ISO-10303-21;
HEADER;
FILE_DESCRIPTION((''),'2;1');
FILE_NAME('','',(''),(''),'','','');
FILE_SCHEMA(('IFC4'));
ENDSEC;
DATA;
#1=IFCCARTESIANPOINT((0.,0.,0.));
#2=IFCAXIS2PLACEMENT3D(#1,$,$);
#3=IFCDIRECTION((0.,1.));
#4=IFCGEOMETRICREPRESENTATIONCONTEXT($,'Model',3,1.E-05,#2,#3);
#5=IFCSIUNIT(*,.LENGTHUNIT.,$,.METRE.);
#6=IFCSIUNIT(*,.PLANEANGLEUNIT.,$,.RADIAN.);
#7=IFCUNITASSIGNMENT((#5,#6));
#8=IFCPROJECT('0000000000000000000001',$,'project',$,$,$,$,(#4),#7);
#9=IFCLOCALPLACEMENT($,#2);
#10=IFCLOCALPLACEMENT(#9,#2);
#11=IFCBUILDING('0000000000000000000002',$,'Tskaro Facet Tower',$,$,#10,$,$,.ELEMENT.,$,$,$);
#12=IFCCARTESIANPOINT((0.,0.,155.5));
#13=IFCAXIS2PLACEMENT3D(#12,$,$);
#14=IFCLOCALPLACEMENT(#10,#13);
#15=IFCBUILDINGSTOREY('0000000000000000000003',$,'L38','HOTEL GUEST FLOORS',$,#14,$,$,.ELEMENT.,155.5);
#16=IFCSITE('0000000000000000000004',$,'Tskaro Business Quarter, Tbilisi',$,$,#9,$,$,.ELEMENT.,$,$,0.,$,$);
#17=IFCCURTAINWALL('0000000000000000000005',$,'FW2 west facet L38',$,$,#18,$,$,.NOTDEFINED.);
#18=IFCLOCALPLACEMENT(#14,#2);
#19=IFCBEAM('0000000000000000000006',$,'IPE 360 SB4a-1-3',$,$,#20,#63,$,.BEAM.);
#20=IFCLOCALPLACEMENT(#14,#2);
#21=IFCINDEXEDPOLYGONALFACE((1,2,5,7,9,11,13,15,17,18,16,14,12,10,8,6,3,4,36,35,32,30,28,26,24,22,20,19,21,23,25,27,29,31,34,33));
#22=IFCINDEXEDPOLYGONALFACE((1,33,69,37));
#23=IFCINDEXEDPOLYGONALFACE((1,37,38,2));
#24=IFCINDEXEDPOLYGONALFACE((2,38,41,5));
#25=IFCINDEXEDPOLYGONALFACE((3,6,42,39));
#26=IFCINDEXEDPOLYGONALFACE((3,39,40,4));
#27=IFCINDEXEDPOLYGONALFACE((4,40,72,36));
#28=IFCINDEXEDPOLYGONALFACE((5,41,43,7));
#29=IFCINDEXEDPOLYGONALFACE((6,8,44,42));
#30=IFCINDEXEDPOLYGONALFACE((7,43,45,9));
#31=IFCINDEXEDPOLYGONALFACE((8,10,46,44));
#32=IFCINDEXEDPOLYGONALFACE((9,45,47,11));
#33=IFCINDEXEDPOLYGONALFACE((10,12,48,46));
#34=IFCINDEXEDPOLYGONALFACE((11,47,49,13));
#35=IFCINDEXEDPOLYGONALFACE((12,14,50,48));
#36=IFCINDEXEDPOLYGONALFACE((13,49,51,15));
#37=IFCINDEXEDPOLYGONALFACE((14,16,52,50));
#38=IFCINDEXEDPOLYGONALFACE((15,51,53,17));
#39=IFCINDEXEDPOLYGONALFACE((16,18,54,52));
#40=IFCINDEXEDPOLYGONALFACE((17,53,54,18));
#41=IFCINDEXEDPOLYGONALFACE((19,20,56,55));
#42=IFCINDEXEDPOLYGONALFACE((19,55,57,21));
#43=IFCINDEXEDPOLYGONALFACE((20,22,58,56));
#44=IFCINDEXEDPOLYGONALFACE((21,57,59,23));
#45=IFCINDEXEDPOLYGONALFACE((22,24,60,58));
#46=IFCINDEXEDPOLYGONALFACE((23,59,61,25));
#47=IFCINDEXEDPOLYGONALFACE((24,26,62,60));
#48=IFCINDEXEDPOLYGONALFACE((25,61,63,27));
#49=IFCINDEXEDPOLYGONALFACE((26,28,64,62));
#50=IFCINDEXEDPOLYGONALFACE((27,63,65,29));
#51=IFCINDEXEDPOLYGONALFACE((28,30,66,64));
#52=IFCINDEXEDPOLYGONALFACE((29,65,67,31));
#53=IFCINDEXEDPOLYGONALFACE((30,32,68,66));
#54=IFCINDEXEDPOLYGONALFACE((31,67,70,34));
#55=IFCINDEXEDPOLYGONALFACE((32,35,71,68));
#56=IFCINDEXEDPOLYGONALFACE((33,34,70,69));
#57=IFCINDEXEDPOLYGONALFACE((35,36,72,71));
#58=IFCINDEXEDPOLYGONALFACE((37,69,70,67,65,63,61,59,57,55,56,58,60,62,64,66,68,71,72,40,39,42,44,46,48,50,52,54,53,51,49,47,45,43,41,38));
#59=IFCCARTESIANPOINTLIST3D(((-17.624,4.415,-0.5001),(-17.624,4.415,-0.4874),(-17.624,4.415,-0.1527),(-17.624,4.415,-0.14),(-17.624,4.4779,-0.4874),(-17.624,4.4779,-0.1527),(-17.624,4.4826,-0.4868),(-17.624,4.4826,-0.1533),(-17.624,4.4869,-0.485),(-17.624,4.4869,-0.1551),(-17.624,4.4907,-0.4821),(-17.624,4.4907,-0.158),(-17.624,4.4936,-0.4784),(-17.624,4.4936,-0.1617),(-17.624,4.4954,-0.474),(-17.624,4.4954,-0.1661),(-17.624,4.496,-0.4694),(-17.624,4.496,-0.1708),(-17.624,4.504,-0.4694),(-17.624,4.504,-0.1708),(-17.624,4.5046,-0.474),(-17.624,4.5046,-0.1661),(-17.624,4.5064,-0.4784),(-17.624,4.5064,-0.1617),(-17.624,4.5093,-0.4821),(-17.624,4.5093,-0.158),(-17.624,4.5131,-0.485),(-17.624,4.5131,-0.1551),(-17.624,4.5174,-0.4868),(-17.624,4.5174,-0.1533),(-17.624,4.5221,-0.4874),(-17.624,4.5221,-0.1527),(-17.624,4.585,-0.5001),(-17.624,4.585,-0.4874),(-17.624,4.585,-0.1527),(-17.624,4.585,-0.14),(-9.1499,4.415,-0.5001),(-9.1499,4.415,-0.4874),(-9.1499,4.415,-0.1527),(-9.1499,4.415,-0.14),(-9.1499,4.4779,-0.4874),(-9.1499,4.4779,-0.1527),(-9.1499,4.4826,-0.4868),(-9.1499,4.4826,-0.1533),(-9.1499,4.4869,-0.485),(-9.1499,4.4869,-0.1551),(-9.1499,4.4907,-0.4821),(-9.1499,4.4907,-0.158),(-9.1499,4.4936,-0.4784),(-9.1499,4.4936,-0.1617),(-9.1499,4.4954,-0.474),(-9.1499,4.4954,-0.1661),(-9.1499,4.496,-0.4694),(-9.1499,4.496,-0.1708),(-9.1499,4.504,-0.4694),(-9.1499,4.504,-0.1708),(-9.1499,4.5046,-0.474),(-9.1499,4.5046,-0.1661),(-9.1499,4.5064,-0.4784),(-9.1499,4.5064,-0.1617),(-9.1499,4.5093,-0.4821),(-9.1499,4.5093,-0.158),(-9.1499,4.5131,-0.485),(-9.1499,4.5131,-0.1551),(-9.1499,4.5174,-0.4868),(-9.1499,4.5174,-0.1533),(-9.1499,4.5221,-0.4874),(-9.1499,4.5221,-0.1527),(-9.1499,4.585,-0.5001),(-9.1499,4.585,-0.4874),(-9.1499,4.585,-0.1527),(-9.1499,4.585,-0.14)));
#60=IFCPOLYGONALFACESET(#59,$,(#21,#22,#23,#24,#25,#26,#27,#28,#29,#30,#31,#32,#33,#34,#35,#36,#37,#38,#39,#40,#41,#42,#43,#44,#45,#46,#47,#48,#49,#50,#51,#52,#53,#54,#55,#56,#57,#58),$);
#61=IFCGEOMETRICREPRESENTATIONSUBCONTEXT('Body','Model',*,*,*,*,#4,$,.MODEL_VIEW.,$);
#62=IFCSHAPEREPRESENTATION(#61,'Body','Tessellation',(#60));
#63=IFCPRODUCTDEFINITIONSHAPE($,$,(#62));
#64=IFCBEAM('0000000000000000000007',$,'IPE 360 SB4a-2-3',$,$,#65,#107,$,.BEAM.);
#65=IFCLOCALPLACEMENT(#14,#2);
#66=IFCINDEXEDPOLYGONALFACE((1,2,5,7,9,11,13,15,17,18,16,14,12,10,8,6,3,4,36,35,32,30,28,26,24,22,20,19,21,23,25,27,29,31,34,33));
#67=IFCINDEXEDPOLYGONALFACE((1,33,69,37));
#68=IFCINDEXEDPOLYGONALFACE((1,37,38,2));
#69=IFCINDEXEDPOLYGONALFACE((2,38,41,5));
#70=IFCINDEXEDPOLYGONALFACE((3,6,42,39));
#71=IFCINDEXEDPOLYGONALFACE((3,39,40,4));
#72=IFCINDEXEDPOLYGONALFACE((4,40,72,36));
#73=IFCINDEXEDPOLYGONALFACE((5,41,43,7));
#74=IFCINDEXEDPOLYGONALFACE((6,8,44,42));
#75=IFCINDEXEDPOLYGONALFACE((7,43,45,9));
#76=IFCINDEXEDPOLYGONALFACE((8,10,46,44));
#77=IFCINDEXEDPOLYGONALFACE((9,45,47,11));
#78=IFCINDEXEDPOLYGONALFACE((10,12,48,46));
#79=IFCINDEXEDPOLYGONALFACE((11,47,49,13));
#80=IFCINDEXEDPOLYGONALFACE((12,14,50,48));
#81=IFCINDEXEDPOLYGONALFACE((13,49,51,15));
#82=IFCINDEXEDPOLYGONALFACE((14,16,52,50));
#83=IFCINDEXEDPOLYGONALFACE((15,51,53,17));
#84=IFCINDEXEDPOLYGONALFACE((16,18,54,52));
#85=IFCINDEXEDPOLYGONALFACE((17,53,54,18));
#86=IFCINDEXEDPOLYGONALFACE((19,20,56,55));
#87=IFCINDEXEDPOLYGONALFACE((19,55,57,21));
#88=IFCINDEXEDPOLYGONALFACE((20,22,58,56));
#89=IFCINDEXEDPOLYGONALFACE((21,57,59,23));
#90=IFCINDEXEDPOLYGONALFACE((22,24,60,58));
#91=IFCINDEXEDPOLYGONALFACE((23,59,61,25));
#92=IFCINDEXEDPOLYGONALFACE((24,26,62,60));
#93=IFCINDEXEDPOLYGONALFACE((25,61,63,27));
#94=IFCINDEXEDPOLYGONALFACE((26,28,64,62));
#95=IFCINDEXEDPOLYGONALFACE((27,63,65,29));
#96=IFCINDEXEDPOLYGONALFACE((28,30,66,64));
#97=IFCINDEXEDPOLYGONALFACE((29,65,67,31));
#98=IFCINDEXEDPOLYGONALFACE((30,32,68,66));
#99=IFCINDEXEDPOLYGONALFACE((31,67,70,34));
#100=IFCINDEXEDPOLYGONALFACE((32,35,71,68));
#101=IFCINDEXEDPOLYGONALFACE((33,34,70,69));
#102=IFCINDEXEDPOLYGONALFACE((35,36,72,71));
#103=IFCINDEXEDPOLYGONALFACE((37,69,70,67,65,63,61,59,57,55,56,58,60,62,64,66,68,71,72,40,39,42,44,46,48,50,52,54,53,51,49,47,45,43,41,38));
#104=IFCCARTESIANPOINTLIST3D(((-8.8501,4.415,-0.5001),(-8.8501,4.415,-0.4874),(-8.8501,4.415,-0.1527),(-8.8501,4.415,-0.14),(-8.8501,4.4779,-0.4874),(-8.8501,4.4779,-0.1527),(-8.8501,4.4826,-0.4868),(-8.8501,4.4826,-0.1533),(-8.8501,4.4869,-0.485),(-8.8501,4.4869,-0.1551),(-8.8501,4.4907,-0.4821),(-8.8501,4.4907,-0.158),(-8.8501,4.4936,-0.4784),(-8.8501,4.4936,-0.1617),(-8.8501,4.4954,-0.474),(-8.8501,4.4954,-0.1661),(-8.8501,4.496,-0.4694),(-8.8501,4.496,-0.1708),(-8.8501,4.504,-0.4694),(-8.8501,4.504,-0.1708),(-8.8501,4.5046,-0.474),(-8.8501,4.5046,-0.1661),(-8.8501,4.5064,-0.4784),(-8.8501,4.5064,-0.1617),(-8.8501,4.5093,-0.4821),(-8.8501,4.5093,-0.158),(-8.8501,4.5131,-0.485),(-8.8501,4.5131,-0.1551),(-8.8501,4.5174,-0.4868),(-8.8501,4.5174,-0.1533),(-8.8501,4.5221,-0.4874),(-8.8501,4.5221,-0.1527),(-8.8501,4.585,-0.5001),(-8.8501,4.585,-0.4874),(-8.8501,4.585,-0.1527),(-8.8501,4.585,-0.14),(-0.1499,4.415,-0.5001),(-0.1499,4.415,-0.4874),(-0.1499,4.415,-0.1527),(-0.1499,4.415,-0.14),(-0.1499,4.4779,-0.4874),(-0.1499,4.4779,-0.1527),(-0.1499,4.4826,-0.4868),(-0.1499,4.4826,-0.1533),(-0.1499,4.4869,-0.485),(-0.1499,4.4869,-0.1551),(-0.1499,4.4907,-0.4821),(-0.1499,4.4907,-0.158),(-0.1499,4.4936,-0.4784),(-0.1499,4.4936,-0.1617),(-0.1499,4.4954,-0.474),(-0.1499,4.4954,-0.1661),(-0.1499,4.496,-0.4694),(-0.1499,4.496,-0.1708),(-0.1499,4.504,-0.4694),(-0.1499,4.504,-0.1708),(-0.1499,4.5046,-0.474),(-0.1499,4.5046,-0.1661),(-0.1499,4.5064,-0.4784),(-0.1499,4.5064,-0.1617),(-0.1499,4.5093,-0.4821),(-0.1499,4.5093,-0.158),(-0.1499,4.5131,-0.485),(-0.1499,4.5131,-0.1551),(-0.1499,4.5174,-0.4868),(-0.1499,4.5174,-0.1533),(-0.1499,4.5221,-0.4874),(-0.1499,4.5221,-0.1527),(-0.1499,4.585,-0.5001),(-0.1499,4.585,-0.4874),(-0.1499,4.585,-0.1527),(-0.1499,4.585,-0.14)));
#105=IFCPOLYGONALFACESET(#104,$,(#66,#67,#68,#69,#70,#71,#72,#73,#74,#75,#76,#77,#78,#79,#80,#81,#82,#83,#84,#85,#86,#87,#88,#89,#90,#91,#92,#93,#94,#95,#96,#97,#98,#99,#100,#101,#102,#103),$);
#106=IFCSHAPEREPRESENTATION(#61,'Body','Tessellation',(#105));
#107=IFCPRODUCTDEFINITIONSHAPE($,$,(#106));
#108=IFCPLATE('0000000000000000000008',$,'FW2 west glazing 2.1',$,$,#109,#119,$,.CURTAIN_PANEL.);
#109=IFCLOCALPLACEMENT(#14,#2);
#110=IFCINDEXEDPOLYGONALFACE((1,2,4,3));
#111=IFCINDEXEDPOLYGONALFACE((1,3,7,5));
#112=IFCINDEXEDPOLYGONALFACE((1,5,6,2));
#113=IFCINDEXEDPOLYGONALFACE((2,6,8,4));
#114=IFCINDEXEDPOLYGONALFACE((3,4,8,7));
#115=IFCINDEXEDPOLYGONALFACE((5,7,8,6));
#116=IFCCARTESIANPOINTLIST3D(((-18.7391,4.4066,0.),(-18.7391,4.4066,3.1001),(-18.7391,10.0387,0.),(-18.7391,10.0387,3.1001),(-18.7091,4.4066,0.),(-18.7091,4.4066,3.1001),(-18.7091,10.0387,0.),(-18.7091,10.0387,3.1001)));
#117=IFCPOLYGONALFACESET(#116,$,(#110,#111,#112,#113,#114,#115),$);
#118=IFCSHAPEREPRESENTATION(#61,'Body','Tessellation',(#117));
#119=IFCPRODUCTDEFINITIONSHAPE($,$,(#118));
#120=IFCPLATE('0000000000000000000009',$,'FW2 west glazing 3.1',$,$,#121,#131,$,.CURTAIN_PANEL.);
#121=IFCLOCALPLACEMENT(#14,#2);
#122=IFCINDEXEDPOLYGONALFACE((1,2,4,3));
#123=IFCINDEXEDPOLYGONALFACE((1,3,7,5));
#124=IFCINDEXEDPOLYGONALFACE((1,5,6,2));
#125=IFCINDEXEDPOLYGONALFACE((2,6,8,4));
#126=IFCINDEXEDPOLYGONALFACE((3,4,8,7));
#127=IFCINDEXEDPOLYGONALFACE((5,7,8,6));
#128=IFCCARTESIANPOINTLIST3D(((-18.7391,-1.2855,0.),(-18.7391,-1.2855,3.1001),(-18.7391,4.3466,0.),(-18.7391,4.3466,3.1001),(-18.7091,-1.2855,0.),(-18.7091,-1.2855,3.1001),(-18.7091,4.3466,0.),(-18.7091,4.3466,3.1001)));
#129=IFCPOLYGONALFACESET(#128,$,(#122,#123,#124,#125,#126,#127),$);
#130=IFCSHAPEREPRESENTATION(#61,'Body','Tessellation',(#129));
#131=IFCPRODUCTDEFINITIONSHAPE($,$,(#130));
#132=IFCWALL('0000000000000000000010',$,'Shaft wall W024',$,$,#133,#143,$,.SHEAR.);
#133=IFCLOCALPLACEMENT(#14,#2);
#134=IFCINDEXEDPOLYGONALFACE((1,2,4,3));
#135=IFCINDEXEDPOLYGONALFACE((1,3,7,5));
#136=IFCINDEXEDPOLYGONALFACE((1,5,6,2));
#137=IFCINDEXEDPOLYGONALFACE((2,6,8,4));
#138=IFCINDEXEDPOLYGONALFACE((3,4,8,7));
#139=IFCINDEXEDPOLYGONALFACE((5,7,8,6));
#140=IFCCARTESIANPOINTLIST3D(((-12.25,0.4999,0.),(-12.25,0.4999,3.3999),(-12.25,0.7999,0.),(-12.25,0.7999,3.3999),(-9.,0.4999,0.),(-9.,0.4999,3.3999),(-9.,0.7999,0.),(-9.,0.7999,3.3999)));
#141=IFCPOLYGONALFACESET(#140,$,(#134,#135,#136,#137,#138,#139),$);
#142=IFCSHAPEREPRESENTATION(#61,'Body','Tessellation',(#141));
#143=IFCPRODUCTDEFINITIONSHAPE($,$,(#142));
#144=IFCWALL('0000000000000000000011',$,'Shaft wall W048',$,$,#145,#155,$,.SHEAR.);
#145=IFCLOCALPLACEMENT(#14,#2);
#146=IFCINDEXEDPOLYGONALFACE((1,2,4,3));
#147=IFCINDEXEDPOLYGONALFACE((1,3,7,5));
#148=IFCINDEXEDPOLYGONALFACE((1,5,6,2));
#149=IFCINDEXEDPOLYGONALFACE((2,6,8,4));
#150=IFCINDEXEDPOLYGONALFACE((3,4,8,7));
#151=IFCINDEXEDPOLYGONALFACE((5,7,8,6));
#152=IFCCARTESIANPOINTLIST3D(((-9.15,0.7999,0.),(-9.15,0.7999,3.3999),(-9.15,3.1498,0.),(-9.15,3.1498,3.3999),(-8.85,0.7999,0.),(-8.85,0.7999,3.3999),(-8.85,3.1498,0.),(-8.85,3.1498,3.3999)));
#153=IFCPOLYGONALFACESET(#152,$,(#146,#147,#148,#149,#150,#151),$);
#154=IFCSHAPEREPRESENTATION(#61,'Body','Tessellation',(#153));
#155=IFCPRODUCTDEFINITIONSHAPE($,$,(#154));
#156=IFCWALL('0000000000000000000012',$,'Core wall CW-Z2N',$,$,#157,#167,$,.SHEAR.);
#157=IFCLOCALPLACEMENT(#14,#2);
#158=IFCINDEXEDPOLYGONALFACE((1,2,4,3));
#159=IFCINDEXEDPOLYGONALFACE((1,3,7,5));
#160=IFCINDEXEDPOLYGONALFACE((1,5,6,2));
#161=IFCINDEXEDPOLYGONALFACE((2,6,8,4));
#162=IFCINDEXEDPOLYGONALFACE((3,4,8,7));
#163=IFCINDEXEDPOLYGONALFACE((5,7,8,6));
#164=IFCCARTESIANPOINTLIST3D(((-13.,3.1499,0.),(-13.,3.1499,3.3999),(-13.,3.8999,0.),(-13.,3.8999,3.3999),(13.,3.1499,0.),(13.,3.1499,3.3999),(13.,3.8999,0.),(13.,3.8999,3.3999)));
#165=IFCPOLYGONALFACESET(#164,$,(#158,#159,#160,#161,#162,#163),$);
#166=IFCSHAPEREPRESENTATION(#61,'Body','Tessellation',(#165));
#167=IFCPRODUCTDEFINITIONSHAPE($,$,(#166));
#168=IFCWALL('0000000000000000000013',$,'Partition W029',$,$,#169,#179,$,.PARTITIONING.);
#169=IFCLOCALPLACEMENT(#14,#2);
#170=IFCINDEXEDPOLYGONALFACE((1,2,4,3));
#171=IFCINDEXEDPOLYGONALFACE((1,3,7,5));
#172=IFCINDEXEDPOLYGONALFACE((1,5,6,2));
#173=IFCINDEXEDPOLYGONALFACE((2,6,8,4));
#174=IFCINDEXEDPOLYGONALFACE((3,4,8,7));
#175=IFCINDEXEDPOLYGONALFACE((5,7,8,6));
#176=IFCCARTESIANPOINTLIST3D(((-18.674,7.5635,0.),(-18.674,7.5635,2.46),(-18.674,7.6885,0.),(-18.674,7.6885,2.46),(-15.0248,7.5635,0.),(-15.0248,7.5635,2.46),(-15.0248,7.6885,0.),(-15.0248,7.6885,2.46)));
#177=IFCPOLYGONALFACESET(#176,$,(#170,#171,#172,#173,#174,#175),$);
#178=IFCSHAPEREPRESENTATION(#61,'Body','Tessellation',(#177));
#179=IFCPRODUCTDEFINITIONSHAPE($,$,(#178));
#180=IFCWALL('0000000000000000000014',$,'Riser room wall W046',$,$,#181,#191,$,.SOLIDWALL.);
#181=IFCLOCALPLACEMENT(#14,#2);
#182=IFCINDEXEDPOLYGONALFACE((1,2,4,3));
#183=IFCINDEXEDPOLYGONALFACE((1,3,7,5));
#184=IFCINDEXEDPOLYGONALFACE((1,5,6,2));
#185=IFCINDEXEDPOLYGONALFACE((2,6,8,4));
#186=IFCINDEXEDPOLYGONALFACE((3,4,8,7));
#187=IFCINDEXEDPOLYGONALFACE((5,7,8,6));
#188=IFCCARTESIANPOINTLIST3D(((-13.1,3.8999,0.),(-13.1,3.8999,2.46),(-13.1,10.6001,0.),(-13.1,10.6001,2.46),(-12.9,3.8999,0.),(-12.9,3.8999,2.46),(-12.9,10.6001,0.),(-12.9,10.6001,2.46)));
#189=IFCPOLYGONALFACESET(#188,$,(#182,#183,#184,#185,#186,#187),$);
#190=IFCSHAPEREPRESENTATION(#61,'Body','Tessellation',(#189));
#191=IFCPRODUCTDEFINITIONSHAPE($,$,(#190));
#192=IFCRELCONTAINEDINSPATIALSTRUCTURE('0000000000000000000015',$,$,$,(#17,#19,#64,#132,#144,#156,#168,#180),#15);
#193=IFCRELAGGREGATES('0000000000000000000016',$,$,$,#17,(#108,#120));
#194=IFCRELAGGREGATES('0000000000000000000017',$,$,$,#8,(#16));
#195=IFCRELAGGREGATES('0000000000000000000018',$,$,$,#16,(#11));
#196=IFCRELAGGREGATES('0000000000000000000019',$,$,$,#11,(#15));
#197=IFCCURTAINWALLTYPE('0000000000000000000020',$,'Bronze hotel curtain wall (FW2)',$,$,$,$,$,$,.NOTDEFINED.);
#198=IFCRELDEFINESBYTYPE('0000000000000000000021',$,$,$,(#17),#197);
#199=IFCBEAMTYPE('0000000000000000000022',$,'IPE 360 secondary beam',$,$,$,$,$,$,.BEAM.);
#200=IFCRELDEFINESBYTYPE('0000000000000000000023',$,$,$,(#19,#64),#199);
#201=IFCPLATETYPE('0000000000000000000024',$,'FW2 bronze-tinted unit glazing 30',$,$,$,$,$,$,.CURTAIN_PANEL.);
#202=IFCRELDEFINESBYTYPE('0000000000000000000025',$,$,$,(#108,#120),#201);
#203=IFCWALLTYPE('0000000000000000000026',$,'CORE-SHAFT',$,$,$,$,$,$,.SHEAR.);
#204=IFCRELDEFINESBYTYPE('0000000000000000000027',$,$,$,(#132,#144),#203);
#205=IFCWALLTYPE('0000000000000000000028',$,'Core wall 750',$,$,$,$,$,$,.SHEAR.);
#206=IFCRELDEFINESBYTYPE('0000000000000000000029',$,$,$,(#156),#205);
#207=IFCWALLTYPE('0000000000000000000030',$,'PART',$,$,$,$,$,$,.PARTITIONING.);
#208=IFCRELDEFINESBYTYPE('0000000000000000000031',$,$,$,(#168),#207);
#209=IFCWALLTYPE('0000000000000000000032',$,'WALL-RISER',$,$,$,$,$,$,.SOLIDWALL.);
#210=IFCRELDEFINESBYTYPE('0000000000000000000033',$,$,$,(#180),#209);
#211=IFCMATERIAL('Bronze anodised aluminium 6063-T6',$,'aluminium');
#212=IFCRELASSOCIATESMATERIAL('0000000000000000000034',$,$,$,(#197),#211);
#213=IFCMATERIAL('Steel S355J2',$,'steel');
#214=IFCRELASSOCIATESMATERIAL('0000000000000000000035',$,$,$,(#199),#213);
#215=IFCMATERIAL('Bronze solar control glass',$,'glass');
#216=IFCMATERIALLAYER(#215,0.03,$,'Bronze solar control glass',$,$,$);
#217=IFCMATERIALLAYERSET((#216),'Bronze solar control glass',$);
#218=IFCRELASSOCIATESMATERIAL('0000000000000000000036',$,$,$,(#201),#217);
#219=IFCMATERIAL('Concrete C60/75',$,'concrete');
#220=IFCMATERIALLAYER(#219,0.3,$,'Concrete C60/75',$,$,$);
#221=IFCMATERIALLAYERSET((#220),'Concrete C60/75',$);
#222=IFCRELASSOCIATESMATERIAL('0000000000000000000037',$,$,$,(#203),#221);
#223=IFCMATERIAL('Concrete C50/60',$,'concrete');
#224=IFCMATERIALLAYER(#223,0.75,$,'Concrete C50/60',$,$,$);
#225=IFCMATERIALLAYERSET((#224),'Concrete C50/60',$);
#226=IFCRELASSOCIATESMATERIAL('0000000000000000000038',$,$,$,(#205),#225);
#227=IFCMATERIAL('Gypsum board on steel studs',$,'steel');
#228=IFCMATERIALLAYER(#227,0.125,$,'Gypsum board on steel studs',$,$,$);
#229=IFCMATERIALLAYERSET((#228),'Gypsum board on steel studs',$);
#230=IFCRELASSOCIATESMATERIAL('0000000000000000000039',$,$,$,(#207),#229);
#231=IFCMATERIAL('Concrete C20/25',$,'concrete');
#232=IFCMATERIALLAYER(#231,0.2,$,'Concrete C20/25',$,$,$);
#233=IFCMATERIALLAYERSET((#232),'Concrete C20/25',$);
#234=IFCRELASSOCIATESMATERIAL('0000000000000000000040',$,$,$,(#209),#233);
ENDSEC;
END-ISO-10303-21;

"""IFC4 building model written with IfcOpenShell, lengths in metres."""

from ifc_helpers import new_model, si_unit, direction, frame, frame_2d, origin, origin_2d, place, context, subcontext, project, spatial, rectangle, i_section, extrude, material, layer, layer_set, material_profile, profile_set, type_object, element, aggregate, save


model = new_model("IFC4")

# Units and contexts
model_context = context("Model", 3, precision=1e-05, world=origin(), true_north=direction((0.0, 1.0)))
body_context = subcontext(model_context, "Body", "Model", "MODEL_VIEW")
ifc_project = project(units=[si_unit("LENGTHUNIT", "METRE"), si_unit("PLANEANGLEUNIT", "RADIAN")], contexts=[model_context])

# Site, building, storey
site_placement = place(None, origin())
site = spatial("IfcSite", under=ifc_project, at=site_placement, Name="Tskaro Business Quarter, Tbilisi", CompositionType="ELEMENT", RefElevation=0.0)
building_placement = place(site_placement, origin())
building = spatial("IfcBuilding", under=site, at=building_placement, Name="Tskaro Facet Tower", CompositionType="ELEMENT")
storey_placement = place(building_placement, frame((0.0, 0.0, 155.5)))
storey = spatial("IfcBuildingStorey", under=building, at=storey_placement, Name="L38", Description="HOTEL GUEST FLOORS", CompositionType="ELEMENT", Elevation=155.5)

# Curtain wall
ifc_material_1 = material(Name="Bronze anodised aluminium 6063-T6", Category="aluminium")
curtain_wall_type = type_object("IfcCurtainWallType", Name="Bronze hotel curtain wall (FW2)", PredefinedType="NOTDEFINED", material=ifc_material_1)
curtain_wall_placement = place(storey_placement, origin())
curtain_wall = element("IfcCurtainWall", 1, at=curtain_wall_placement, inside=storey, type_object=curtain_wall_type, Name="FW2 west facet L38", PredefinedType="NOTDEFINED")

# Beams
ifc_material_2 = material(Name="Steel S355J2", Category="steel")
ifc_material_profile_1 = material_profile(ifc_material_2, i_section(OverallWidth=0.1699, OverallDepth=0.3601, WebThickness=0.0081, FlangeThickness=0.0127, FilletRadius=0.0181, at=origin_2d()), Name="IPE 360")
ifc_profile_set_1 = profile_set([ifc_material_profile_1], Name="Steel S355J2")
beam_type_1 = type_object("IfcBeamType", Name="IPE 360 secondary beam", PredefinedType="BEAM", material=ifc_profile_set_1)
beam_1_placement = place(storey_placement, frame((-17.624, 4.5, -0.3201), z_axis=(1.0, 0.0, 0.0), x_axis=(0.0, 1.0, 0.0)))
element("IfcBeam", 2, at=beam_1_placement, inside=storey, type_object=beam_type_1, Name="IPE 360 SB4a-1-3", PredefinedType="BEAM", context=body_context, shape_type="SweptSolid", body=[
    extrude(i_section(OverallWidth=0.1699, OverallDepth=0.3601, WebThickness=0.0081, FlangeThickness=0.0127, FilletRadius=0.0181, at=origin_2d()), origin(), (0.0, 0.0, 1.0), 8.4741),
])
beam_2_placement = place(storey_placement, frame((-8.8501, 4.5, -0.3201), z_axis=(1.0, 0.0, 0.0), x_axis=(0.0, 1.0, 0.0)))
element("IfcBeam", 3, at=beam_2_placement, inside=storey, type_object=beam_type_1, Name="IPE 360 SB4a-2-3", PredefinedType="BEAM", context=body_context, shape_type="SweptSolid", body=[
    extrude(i_section(OverallWidth=0.1699, OverallDepth=0.3601, WebThickness=0.0081, FlangeThickness=0.0127, FilletRadius=0.0181, at=origin_2d()), origin(), (0.0, 0.0, 1.0), 8.7002),
])

# Plates
ifc_material_3 = material(Name="Bronze solar control glass", Category="glass")
ifc_layer_1 = layer(ifc_material_3, 0.03, Name="Bronze solar control glass")
ifc_layer_set_1 = layer_set([ifc_layer_1], Name="Bronze solar control glass")
plate_type = type_object("IfcPlateType", Name="FW2 bronze-tinted unit glazing 30", PredefinedType="CURTAIN_PANEL", material=ifc_layer_set_1)
plate_1_placement = place(storey_placement, frame((-18.7241, 7.2227, 0.0), z_axis=(0.0, 0.0, 1.0), x_axis=(0.0, -1.0, 0.0)))
plate_1 = element("IfcPlate", 4, at=plate_1_placement, type_object=plate_type, Name="FW2 west glazing 2.1", PredefinedType="CURTAIN_PANEL", context=body_context, shape_type="SweptSolid", body=[
    extrude(rectangle(XDim=5.6321, YDim=0.03, at=origin_2d()), origin(), (0.0, 0.0, 1.0), 3.1001),
])
plate_2_placement = place(storey_placement, frame((-18.7241, 1.5305, 0.0), z_axis=(0.0, 0.0, 1.0), x_axis=(0.0, -1.0, 0.0)))
plate_2 = element("IfcPlate", 5, at=plate_2_placement, type_object=plate_type, Name="FW2 west glazing 3.1", PredefinedType="CURTAIN_PANEL", context=body_context, shape_type="SweptSolid", body=[
    extrude(rectangle(XDim=5.6321, YDim=0.03, at=origin_2d()), origin(), (0.0, 0.0, 1.0), 3.1001),
])
aggregate(curtain_wall, [plate_1, plate_2])

# Walls
ifc_material_4 = material(Name="Concrete C60/75", Category="concrete")
ifc_layer_2 = layer(ifc_material_4, 0.3, Name="Concrete C60/75")
ifc_layer_set_2 = layer_set([ifc_layer_2], Name="Concrete C60/75")
wall_type_1 = type_object("IfcWallType", Name="CORE-SHAFT", PredefinedType="SHEAR", material=ifc_layer_set_2)
wall_1_placement = place(storey_placement, frame((-9.0, 0.6499, 0.0), z_axis=(0.0, 0.0, 1.0), x_axis=(-1.0, 0.0, 0.0)))
element("IfcWall", 6, at=wall_1_placement, inside=storey, type_object=wall_type_1, Name="Shaft wall W024", PredefinedType="SHEAR", context=body_context, shape_type="SweptSolid", body=[
    extrude(rectangle(XDim=3.25, YDim=0.3, at=frame_2d((1.625, 0.0))), origin(), (0.0, 0.0, 1.0), 3.3999),
])
wall_2_placement = place(storey_placement, frame((-9.0, 0.8, 0.0), z_axis=(0.0, 0.0, 1.0), x_axis=(0.0, 1.0, 0.0)))
element("IfcWall", 7, at=wall_2_placement, inside=storey, type_object=wall_type_1, Name="Shaft wall W048", PredefinedType="SHEAR", context=body_context, shape_type="SweptSolid", body=[
    extrude(rectangle(XDim=2.3499, YDim=0.3, at=frame_2d((1.1748, 0.0))), origin(), (0.0, 0.0, 1.0), 3.3999),
])
ifc_material_5 = material(Name="Concrete C50/60", Category="concrete")
ifc_layer_3 = layer(ifc_material_5, 0.75, Name="Concrete C50/60")
ifc_layer_set_3 = layer_set([ifc_layer_3], Name="Concrete C50/60")
wall_type_2 = type_object("IfcWallType", Name="Core wall 750", PredefinedType="SHEAR", material=ifc_layer_set_3)
wall_3_placement = place(storey_placement, frame((-13.0, 3.5249, 0.0), z_axis=(0.0, 0.0, 1.0), x_axis=(1.0, 0.0, 0.0)))
element("IfcWall", 8, at=wall_3_placement, inside=storey, type_object=wall_type_2, Name="Core wall CW-Z2N", PredefinedType="SHEAR", context=body_context, shape_type="SweptSolid", body=[
    extrude(rectangle(XDim=26.0, YDim=0.75, at=frame_2d((13.0, 0.0))), origin(), (0.0, 0.0, 1.0), 3.3999),
])
ifc_material_6 = material(Name="Gypsum board on steel studs", Category="steel")
ifc_layer_4 = layer(ifc_material_6, 0.125, Name="Gypsum board on steel studs")
ifc_layer_set_4 = layer_set([ifc_layer_4], Name="Gypsum board on steel studs")
wall_type_3 = type_object("IfcWallType", Name="PART", PredefinedType="PARTITIONING", material=ifc_layer_set_4)
wall_4_placement = place(storey_placement, frame((-18.6741, 7.626, 0.0), z_axis=(0.0, 0.0, 1.0), x_axis=(1.0, 0.0, 0.0)))
element("IfcWall", 9, at=wall_4_placement, inside=storey, type_object=wall_type_3, Name="Partition W029", PredefinedType="PARTITIONING", context=body_context, shape_type="SweptSolid", body=[
    extrude(rectangle(XDim=3.6492, YDim=0.125, at=frame_2d((1.8247, 0.0))), origin(), (0.0, 0.0, 1.0), 2.46),
])
ifc_material_7 = material(Name="Concrete C20/25", Category="concrete")
ifc_layer_5 = layer(ifc_material_7, 0.2, Name="Concrete C20/25")
ifc_layer_set_5 = layer_set([ifc_layer_5], Name="Concrete C20/25")
wall_type_4 = type_object("IfcWallType", Name="WALL-RISER", PredefinedType="SOLIDWALL", material=ifc_layer_set_5)
wall_5_placement = place(storey_placement, frame((-13.0, 3.8999, 0.0), z_axis=(0.0, 0.0, 1.0), x_axis=(0.0, 1.0, 0.0)))
element("IfcWall", 10, at=wall_5_placement, inside=storey, type_object=wall_type_4, Name="Riser room wall W046", PredefinedType="SOLIDWALL", context=body_context, shape_type="SweptSolid", body=[
    extrude(rectangle(XDim=6.7002, YDim=0.2, at=frame_2d((3.3501, 0.0))), origin(), (0.0, 0.0, 1.0), 2.46),
])

save(model, "model.ifc")
